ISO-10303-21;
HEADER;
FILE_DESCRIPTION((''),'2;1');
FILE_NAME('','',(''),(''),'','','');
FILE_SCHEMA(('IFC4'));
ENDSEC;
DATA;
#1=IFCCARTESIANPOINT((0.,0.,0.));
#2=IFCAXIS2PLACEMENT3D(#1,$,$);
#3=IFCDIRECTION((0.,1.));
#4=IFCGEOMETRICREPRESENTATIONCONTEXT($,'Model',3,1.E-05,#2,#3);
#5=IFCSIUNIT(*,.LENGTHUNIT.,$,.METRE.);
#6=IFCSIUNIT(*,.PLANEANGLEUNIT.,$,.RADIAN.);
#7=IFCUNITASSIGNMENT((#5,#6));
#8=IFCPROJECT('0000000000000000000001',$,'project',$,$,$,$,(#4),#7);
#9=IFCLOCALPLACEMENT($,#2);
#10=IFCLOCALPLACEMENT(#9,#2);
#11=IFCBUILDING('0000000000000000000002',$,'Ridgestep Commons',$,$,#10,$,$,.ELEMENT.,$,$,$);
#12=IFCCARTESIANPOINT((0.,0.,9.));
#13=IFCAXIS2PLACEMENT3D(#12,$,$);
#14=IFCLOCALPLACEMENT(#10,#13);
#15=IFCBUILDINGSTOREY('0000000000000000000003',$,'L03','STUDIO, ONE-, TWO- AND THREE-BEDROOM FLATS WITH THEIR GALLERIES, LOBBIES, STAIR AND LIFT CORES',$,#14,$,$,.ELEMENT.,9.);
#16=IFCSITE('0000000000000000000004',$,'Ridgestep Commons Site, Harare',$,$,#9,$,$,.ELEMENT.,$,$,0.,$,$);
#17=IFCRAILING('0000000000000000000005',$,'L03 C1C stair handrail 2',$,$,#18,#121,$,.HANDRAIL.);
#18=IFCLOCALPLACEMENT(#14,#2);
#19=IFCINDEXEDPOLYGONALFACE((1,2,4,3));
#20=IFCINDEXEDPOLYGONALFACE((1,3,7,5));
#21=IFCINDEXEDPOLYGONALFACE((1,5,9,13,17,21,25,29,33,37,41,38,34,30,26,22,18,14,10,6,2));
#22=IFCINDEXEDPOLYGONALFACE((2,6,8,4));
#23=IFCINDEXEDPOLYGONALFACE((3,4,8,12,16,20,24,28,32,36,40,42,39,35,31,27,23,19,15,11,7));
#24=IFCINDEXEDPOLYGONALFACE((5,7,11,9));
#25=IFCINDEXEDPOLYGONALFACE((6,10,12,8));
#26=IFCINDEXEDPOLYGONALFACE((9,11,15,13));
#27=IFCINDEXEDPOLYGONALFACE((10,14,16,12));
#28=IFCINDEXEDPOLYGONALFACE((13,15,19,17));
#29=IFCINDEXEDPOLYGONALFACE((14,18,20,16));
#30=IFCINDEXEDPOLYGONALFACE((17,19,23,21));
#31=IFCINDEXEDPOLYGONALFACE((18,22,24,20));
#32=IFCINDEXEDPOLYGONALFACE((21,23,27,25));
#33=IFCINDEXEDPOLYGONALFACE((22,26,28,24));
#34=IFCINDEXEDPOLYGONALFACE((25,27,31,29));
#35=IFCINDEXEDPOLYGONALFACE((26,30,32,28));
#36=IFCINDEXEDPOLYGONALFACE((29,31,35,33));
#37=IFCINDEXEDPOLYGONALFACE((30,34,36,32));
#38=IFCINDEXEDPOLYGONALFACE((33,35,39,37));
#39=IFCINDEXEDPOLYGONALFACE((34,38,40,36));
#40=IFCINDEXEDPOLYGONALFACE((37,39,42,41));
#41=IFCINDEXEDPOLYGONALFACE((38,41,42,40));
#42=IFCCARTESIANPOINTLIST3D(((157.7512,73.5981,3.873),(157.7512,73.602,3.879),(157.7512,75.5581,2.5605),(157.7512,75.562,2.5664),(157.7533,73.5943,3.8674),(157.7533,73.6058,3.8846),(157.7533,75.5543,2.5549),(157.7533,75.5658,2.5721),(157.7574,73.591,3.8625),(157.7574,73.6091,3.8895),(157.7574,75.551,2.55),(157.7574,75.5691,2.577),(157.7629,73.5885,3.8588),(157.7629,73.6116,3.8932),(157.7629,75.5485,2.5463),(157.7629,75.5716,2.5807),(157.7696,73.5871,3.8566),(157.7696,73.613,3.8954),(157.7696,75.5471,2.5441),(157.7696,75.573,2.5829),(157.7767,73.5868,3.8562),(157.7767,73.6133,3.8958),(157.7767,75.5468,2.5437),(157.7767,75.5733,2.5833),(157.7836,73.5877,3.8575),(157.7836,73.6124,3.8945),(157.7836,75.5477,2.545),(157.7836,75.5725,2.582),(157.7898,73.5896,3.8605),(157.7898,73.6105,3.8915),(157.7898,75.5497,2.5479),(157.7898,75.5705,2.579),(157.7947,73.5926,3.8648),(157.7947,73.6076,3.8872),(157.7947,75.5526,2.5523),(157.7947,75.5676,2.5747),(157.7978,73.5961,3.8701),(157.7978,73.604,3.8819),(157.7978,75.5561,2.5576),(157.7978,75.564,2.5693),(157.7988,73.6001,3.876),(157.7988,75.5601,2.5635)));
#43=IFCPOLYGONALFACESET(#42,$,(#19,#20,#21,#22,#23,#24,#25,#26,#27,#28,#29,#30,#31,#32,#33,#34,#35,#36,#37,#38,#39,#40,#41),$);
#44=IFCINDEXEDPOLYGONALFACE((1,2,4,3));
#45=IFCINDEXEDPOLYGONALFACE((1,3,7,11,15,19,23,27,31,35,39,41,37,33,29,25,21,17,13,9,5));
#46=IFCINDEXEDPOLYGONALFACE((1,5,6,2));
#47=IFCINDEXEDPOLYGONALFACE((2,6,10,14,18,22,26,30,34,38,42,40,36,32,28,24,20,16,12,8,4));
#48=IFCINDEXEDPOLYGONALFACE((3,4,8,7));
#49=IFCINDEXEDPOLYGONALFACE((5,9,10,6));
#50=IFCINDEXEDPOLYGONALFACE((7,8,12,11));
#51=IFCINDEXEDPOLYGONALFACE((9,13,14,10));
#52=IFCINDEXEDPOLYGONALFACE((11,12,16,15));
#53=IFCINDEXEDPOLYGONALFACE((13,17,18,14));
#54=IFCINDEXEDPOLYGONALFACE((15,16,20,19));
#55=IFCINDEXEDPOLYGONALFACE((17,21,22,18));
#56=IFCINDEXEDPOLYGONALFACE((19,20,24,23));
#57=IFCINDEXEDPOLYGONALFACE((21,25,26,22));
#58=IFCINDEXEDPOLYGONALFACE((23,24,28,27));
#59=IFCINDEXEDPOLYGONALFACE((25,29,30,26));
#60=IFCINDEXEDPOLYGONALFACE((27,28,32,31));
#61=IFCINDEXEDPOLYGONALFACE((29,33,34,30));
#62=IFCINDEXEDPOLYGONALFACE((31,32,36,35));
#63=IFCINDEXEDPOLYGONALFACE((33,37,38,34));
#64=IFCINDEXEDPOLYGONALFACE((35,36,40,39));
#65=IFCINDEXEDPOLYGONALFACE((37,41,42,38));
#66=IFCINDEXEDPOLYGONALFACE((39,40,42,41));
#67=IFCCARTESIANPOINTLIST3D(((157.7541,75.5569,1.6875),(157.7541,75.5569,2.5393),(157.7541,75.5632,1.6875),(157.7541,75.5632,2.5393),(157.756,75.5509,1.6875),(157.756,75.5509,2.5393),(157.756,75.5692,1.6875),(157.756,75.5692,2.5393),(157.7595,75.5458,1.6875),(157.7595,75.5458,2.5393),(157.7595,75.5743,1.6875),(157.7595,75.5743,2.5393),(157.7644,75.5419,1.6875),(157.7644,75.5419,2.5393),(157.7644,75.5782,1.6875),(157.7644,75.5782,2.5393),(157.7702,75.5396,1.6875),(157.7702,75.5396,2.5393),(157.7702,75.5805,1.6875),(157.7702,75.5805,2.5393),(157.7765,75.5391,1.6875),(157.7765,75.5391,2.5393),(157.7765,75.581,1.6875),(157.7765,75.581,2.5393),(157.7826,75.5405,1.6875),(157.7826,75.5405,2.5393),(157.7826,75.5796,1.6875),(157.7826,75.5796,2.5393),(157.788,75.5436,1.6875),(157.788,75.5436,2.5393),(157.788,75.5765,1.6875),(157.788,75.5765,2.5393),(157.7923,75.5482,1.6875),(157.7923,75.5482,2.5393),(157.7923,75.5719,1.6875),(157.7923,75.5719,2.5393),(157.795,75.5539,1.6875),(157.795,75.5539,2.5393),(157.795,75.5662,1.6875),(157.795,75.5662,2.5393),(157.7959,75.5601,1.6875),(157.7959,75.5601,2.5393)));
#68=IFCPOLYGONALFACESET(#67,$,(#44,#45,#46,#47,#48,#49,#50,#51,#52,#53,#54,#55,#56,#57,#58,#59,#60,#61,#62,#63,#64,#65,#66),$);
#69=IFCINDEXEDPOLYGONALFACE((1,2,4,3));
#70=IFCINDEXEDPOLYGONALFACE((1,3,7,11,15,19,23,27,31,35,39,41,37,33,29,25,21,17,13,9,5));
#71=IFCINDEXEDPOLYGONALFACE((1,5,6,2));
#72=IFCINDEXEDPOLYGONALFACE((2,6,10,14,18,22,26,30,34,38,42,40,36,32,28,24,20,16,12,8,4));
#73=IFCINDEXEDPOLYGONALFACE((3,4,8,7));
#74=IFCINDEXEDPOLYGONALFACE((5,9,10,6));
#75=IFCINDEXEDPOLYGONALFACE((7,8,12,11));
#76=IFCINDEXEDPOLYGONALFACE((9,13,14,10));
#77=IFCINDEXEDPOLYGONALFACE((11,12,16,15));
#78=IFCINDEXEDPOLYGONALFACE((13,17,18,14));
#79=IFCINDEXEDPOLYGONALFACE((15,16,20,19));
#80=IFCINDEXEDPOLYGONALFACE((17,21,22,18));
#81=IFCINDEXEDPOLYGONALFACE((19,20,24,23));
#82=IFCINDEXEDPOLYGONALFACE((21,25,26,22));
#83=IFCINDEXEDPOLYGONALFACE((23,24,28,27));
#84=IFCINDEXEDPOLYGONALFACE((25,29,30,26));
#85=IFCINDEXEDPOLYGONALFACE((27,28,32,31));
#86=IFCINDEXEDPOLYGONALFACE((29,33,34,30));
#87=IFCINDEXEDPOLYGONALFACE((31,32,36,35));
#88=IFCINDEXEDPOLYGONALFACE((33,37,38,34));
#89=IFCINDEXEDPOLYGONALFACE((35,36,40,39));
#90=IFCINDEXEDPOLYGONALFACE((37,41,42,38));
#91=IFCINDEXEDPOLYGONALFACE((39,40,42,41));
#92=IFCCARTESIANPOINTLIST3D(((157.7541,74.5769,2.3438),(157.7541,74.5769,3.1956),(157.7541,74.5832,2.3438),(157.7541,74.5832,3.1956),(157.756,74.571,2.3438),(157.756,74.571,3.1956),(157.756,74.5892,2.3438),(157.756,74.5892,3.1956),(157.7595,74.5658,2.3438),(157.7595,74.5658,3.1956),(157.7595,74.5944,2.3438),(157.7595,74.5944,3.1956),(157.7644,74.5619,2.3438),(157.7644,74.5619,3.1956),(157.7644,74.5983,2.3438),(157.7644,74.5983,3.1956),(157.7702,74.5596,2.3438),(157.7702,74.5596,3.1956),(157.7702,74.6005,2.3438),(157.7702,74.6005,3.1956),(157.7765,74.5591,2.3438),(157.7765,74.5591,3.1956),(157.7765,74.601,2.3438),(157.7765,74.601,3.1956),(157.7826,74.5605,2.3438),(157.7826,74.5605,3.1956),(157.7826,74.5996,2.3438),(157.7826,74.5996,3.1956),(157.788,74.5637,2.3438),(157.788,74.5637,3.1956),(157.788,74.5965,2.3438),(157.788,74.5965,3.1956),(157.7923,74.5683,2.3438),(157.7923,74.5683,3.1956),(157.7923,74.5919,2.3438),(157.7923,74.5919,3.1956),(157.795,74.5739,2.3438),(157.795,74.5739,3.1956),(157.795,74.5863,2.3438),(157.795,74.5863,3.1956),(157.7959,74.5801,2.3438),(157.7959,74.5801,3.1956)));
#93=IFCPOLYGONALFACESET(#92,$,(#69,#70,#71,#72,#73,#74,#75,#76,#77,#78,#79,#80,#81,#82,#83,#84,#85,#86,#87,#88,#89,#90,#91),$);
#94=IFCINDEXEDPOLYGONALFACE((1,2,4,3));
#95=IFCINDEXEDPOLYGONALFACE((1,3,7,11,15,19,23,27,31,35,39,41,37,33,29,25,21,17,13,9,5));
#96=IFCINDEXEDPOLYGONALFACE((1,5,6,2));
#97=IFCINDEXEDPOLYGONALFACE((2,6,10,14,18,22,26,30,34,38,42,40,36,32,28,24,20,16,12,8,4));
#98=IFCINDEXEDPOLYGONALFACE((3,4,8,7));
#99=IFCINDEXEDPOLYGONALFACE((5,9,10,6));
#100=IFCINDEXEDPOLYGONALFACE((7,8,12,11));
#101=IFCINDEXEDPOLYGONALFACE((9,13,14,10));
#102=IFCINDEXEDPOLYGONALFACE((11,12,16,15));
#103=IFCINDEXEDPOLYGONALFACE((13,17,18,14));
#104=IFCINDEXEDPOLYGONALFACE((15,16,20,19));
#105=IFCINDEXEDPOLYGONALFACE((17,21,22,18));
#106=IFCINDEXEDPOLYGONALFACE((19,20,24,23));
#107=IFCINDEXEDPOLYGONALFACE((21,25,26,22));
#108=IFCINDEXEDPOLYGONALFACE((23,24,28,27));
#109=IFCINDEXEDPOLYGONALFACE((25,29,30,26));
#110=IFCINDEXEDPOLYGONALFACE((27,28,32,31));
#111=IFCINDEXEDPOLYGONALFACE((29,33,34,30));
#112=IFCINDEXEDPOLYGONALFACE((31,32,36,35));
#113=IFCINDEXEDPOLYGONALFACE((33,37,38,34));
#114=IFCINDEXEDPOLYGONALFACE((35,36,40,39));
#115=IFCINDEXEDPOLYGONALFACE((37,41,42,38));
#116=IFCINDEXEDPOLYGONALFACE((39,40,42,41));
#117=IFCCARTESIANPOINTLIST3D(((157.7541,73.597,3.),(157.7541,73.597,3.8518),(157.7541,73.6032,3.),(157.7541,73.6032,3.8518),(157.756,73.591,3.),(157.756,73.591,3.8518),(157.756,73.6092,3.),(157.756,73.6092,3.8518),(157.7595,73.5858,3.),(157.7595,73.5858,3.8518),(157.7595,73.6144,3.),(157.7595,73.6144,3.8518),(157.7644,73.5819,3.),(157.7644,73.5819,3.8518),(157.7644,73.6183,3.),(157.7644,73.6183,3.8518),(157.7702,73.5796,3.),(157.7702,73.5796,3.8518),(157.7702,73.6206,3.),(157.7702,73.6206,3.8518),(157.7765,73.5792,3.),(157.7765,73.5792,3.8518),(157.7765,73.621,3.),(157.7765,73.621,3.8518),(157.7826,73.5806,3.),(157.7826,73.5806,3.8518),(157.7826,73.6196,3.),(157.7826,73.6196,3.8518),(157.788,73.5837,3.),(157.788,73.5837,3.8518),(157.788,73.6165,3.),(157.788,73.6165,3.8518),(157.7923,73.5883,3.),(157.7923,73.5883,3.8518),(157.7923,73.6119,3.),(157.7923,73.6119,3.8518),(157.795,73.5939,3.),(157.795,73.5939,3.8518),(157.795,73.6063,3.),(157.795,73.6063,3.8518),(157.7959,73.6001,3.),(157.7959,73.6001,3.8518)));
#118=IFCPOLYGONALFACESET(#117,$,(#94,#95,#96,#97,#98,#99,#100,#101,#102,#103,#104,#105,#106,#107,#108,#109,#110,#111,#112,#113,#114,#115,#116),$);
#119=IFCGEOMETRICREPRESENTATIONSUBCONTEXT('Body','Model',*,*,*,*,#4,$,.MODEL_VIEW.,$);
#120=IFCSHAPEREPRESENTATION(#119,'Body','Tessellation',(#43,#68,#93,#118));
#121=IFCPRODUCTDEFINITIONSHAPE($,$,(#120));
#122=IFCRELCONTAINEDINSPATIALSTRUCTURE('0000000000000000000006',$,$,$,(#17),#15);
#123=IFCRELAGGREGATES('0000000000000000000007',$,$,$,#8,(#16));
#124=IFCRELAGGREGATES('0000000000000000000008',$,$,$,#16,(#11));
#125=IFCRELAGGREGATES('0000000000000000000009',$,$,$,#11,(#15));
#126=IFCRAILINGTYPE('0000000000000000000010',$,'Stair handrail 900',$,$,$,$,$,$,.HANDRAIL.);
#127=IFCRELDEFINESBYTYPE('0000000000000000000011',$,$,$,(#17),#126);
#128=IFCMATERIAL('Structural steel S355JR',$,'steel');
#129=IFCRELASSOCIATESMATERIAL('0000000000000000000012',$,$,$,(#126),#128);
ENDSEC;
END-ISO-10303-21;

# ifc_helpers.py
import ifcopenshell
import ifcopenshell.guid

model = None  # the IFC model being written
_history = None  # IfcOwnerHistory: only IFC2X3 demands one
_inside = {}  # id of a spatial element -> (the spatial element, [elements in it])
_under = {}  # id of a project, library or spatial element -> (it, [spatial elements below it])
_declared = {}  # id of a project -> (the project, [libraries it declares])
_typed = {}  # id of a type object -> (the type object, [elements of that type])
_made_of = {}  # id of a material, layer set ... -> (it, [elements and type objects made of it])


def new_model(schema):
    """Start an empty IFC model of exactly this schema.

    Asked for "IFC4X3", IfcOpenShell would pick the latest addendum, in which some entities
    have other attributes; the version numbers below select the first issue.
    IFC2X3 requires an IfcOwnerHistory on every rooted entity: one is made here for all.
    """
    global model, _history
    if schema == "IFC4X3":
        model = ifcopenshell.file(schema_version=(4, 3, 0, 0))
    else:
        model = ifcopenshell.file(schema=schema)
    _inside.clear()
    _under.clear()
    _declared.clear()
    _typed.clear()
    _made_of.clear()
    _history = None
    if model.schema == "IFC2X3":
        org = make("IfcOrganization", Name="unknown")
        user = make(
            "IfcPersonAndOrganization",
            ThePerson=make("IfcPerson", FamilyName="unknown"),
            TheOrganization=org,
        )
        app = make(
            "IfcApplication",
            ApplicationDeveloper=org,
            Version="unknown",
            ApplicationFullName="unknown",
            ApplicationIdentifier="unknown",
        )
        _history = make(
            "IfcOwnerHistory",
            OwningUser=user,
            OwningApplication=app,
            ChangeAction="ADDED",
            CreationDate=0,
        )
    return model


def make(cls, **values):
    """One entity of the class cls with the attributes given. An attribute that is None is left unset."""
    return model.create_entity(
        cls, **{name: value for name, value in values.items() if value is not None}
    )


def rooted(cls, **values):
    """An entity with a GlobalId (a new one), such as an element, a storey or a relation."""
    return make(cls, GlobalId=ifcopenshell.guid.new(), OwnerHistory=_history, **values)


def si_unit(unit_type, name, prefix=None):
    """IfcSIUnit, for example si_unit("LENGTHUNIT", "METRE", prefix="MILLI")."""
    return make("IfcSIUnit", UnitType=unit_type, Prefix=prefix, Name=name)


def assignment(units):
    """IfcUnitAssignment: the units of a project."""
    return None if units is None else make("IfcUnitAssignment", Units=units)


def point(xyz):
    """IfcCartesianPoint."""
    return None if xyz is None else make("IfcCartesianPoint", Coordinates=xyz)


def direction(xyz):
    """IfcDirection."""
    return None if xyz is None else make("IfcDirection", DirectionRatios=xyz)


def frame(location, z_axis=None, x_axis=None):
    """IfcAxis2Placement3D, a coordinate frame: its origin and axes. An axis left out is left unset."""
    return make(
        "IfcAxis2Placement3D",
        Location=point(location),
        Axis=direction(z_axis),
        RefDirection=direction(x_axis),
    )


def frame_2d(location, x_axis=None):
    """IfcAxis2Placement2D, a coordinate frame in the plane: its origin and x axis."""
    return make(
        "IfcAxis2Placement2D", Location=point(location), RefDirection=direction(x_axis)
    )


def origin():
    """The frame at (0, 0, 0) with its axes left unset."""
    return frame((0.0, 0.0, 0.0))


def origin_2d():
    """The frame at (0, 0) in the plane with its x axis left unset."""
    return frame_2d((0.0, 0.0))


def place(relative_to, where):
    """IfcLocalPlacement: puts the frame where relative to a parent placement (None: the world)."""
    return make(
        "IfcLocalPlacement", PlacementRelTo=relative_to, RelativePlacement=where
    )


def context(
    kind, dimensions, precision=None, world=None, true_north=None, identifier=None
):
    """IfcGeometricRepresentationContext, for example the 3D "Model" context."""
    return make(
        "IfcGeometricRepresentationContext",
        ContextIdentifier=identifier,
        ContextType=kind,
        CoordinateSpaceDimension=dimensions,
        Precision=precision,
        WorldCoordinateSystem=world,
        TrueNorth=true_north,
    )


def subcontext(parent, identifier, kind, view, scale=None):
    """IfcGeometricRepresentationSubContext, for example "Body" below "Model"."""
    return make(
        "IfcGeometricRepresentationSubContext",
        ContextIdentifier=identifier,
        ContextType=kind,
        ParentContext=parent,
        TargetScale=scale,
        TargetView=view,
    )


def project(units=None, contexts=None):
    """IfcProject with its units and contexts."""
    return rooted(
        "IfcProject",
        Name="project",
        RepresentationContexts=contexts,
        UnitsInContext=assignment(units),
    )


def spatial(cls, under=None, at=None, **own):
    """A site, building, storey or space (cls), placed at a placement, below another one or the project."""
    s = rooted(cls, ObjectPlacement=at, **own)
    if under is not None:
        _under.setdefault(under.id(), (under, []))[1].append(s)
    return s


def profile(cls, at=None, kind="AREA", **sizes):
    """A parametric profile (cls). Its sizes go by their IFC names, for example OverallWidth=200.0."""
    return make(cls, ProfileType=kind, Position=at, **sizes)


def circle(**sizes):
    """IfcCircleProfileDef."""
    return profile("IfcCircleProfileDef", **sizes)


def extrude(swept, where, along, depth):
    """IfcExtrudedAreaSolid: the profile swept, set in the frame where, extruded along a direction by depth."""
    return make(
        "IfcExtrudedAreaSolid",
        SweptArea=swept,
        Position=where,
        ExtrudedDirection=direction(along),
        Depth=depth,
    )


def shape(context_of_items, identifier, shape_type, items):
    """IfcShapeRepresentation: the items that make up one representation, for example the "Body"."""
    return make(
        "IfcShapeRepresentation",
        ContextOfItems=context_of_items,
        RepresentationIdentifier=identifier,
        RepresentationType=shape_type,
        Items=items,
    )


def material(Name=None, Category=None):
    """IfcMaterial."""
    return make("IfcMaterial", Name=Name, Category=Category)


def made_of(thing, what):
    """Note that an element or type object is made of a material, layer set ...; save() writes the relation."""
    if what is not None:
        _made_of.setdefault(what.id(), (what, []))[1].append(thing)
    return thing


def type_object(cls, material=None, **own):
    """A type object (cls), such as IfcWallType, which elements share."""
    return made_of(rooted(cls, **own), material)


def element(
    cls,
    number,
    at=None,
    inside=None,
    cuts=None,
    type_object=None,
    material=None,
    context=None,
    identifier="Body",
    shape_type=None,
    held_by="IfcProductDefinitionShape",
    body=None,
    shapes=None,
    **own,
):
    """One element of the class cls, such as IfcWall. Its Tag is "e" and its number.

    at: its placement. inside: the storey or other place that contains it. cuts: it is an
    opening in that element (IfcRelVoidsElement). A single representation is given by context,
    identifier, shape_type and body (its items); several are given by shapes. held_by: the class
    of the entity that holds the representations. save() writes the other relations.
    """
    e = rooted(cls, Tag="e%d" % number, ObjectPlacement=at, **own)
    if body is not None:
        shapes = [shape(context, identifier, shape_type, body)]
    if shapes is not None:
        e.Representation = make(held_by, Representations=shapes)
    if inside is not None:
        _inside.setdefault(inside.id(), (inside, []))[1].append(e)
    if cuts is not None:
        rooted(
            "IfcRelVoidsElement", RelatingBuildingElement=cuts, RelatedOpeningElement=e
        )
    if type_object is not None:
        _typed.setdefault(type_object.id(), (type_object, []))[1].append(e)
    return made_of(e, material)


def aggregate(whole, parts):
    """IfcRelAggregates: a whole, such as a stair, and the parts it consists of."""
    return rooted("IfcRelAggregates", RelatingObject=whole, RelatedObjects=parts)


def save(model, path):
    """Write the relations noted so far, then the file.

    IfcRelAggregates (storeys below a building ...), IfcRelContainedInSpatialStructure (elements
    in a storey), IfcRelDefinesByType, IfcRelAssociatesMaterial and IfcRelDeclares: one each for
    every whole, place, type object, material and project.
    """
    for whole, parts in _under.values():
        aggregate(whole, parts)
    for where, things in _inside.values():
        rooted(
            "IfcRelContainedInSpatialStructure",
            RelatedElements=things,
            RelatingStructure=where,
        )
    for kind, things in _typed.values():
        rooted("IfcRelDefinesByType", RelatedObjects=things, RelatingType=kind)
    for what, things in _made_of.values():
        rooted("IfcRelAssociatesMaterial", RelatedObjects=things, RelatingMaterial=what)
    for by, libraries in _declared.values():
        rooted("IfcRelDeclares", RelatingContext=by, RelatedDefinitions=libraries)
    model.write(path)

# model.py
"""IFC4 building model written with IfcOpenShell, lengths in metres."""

from ifc_helpers import new_model, si_unit, direction, frame, origin, origin_2d, place, context, subcontext, project, spatial, circle, extrude, material, type_object, element, save


model = new_model("IFC4")

# Units and contexts
model_context = context("Model", 3, precision=1e-05, world=origin(), true_north=direction((0.0, 1.0)))
body_context = subcontext(model_context, "Body", "Model", "MODEL_VIEW")
ifc_project = project(units=[si_unit("LENGTHUNIT", "METRE"), si_unit("PLANEANGLEUNIT", "RADIAN")], contexts=[model_context])

# Site, building, storey
site_placement = place(None, origin())
site = spatial("IfcSite", under=ifc_project, at=site_placement, Name="Ridgestep Commons Site, Harare", CompositionType="ELEMENT", RefElevation=0.0)
building_placement = place(site_placement, origin())
building = spatial("IfcBuilding", under=site, at=building_placement, Name="Ridgestep Commons", CompositionType="ELEMENT")
storey_placement = place(building_placement, frame((0.0, 0.0, 9.0)))
storey = spatial("IfcBuildingStorey", under=building, at=storey_placement, Name="L03", Description="STUDIO, ONE-, TWO- AND THREE-BEDROOM FLATS WITH THEIR GALLERIES, LOBBIES, STAIR AND LIFT CORES", CompositionType="ELEMENT", Elevation=9.0)

# Railing
ifc_material_1 = material(Name="Structural steel S355JR", Category="steel")
railing_type_1 = type_object("IfcRailingType", Name="Stair handrail 900", PredefinedType="HANDRAIL", material=ifc_material_1)
railing_1_placement = place(storey_placement, frame((157.7749, 75.5601, 1.6875)))
element("IfcRailing", 1, at=railing_1_placement, inside=storey, type_object=railing_type_1, Name="L03 C1C stair handrail 2", PredefinedType="HANDRAIL", context=body_context, shape_type="SweptSolid", body=[
    extrude(circle(Radius=0.0239, at=origin_2d()), frame((0.0, 0.0, 0.876), z_axis=(0.0, -0.830902, 0.556419), x_axis=(1.0, 0.0, 0.0)), (0.0, 0.0, 1.0), 2.3589),
    extrude(circle(Radius=0.021, at=origin_2d()), origin(), (0.0, 0.0, 1.0), 0.8518),
    extrude(circle(Radius=0.021, at=origin_2d()), frame((0.0, -0.98, 0.6562)), (0.0, 0.0, 1.0), 0.8518),
    extrude(circle(Radius=0.021, at=origin_2d()), frame((0.0, -1.96, 1.3125)), (0.0, 0.0, 1.0), 0.8518),
])

save(model, "model.ifc")
